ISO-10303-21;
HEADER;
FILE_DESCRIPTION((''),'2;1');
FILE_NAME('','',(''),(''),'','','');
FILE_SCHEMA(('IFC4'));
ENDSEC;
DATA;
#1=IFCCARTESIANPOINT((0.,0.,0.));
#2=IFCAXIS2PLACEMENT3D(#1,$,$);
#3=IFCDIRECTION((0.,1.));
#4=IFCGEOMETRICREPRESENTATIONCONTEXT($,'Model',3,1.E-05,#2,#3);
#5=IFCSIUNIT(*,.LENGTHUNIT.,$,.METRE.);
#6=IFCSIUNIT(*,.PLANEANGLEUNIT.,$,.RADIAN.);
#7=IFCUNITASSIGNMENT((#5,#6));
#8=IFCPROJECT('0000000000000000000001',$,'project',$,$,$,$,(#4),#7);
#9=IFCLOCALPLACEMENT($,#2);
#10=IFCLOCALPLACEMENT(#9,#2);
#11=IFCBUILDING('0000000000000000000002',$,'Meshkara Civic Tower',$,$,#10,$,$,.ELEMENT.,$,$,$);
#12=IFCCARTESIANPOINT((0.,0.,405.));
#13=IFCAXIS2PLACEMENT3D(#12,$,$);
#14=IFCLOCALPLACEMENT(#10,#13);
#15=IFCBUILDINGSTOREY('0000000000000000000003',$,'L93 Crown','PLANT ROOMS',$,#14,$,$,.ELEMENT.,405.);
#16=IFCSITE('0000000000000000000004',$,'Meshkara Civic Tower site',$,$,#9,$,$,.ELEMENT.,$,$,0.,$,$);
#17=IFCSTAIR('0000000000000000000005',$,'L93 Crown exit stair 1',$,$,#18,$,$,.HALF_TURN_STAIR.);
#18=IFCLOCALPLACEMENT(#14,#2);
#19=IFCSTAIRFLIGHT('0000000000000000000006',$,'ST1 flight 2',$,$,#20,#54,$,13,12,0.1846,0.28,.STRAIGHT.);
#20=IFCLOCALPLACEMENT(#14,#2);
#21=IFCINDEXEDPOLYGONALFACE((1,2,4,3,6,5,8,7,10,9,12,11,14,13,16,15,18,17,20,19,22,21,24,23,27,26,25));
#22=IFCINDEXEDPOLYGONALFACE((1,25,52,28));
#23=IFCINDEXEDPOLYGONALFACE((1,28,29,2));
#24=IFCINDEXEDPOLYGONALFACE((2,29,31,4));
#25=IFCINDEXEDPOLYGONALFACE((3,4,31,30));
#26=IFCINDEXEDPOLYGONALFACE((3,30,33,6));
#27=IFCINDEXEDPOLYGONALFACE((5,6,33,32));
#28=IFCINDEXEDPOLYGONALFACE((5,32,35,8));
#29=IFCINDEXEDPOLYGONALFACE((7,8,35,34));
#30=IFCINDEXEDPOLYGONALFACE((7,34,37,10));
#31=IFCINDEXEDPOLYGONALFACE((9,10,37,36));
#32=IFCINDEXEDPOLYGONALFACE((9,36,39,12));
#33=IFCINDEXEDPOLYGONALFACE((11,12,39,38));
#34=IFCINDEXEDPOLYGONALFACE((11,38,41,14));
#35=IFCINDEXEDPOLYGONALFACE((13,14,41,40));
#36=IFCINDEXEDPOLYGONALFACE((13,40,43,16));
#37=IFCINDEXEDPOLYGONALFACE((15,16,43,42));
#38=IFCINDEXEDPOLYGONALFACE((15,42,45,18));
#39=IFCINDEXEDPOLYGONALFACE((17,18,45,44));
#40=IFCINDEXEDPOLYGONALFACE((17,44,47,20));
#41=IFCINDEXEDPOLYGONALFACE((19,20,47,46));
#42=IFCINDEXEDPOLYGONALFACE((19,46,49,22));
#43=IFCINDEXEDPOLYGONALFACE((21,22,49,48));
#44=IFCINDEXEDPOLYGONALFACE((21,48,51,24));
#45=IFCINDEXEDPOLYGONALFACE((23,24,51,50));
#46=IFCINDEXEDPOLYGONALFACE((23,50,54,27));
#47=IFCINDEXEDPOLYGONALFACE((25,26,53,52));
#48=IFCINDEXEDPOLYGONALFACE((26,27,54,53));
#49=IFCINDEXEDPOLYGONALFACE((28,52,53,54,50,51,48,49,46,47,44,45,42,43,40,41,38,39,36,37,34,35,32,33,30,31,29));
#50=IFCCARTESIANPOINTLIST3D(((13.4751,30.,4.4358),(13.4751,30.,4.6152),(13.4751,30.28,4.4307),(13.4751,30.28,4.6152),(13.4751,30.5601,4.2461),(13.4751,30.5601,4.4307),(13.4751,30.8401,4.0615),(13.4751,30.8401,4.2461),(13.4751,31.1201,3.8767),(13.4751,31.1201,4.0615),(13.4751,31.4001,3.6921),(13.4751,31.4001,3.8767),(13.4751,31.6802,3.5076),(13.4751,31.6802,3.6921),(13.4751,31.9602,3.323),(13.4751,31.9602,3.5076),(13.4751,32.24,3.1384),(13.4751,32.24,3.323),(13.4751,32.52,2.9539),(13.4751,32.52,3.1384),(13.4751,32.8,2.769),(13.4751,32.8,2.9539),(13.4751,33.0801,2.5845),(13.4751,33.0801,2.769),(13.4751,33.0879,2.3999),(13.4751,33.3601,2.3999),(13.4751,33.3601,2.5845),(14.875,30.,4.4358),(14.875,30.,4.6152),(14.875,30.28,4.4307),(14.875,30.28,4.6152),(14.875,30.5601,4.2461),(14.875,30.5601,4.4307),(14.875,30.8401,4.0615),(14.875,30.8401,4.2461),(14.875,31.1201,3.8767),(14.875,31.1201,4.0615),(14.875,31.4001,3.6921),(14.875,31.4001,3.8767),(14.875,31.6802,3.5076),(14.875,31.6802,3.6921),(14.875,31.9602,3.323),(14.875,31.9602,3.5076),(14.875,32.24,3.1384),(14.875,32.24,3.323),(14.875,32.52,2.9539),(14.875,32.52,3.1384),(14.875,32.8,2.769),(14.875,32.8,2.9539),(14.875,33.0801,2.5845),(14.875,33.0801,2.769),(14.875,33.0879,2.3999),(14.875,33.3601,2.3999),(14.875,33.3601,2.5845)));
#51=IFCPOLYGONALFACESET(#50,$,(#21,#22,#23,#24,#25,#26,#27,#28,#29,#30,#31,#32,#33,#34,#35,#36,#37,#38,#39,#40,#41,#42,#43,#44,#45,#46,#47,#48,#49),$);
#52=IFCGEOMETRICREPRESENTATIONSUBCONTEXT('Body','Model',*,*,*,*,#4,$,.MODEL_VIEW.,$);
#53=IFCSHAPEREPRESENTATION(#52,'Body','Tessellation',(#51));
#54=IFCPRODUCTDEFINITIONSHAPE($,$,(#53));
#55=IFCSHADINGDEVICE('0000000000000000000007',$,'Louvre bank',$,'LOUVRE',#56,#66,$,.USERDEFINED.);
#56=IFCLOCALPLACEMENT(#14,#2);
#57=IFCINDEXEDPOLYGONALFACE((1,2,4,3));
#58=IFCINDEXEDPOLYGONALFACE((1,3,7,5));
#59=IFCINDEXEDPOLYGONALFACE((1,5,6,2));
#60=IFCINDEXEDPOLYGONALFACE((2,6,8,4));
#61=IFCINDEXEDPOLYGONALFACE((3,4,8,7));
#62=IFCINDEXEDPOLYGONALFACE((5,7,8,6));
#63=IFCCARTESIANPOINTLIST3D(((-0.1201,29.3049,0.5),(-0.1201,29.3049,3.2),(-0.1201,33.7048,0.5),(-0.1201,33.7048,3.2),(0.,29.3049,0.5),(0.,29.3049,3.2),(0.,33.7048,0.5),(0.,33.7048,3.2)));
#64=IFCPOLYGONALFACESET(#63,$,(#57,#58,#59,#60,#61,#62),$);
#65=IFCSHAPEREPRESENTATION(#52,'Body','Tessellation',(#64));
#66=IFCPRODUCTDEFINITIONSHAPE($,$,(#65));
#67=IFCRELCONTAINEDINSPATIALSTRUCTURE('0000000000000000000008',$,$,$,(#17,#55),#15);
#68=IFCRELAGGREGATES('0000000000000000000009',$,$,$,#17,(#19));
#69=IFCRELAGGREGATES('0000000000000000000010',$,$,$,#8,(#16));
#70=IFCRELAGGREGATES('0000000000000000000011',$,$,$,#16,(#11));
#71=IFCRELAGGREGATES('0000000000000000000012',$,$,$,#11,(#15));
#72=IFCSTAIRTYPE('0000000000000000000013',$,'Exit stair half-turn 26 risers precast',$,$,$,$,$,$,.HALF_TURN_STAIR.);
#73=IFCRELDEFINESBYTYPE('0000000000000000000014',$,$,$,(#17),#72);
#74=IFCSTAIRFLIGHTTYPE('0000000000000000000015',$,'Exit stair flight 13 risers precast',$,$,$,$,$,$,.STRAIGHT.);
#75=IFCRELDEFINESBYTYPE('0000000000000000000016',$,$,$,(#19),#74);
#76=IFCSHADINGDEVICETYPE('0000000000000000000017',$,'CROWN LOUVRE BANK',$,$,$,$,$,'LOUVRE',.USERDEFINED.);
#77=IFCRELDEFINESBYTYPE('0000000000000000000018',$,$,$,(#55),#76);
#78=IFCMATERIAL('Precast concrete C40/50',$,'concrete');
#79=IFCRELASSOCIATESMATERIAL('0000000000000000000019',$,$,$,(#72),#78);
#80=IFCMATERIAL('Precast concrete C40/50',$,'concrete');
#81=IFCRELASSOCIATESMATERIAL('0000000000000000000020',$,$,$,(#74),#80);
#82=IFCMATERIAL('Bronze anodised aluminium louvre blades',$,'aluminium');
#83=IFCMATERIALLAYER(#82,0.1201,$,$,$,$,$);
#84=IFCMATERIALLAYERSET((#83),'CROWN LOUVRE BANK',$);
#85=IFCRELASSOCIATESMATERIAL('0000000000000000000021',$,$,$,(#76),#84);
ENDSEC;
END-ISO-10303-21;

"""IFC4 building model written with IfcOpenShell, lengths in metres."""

from ifc_helpers import new_model, si_unit, direction, frame, origin, origin_2d, place, context, subcontext, project, spatial, polyline, rectangle, outline, extrude, material, layer, layer_set, type_object, element, aggregate, save


model = new_model("IFC4")

# Units and contexts
model_context = context("Model", 3, precision=1e-05, world=origin(), true_north=direction((0.0, 1.0)))
body_context = subcontext(model_context, "Body", "Model", "MODEL_VIEW")
ifc_project = project(units=[si_unit("LENGTHUNIT", "METRE"), si_unit("PLANEANGLEUNIT", "RADIAN")], contexts=[model_context])

# Site, building, storey
site_placement = place(None, origin())
site = spatial("IfcSite", under=ifc_project, at=site_placement, Name="Meshkara Civic Tower site", CompositionType="ELEMENT", RefElevation=0.0)
building_placement = place(site_placement, origin())
building = spatial("IfcBuilding", under=site, at=building_placement, Name="Meshkara Civic Tower", CompositionType="ELEMENT")
storey_placement = place(building_placement, frame((0.0, 0.0, 405.0)))
storey = spatial("IfcBuildingStorey", under=building, at=storey_placement, Name="L93 Crown", Description="PLANT ROOMS", CompositionType="ELEMENT", Elevation=405.0)

# Stair, stair flight
ifc_material_1 = material(Name="Precast concrete C40/50", Category="concrete")
stair_type = type_object("IfcStairType", Name="Exit stair half-turn 26 risers precast", PredefinedType="HALF_TURN_STAIR", material=ifc_material_1)
stair_placement = place(storey_placement, origin())
stair = element("IfcStair", 1, at=stair_placement, inside=storey, type_object=stair_type, Name="L93 Crown exit stair 1", PredefinedType="HALF_TURN_STAIR")
ifc_material_2 = material(Name="Precast concrete C40/50", Category="concrete")
stair_flight_type = type_object("IfcStairFlightType", Name="Exit stair flight 13 risers precast", PredefinedType="STRAIGHT", material=ifc_material_2)
stair_flight_placement = place(storey_placement, frame((14.175, 33.3601, 2.3999), z_axis=(0.0, 0.0, 1.0), x_axis=(0.0, -1.0, 0.0)))
stair_flight = element("IfcStairFlight", 2, at=stair_flight_placement, type_object=stair_flight_type, Name="ST1 flight 2", NumberOfRisers=13, NumberOfTreads=12, PredefinedType="STRAIGHT", RiserHeight=0.1846, TreadLength=0.28, context=body_context, shape_type="SweptSolid", body=[
    extrude(outline(polyline([(0.0, 0.0), (0.0, 0.1846), (0.28, 0.1846), (0.28, 0.3691), (0.5601, 0.3691), (0.5601, 0.554), (0.8401, 0.554), (0.8401, 0.7385), (1.1201, 0.7385), (1.1201, 0.9231), (1.3999, 0.9231), (1.3999, 1.1077), (1.6799, 1.1077), (1.6799, 1.2922), (1.96, 1.2922), (1.96, 1.4768), (2.24, 1.4768), (2.24, 1.6616), (2.52, 1.6616), (2.52, 1.8462), (2.8, 1.8462), (2.8, 2.0308), (3.0801, 2.0308), (3.0801, 2.2153), (3.3601, 2.2153), (3.3601, 2.3999), (3.3601, 2.0359), (0.2722, 0.0), (0.0, 0.0)])), frame((0.0, 0.7, 0.0), z_axis=(0.0, -1.0, 0.0), x_axis=(1.0, 0.0, 0.0)), (0.0, 0.0, 1.0), 1.3999),
])
aggregate(stair, [stair_flight])

# Shading device
ifc_material_3 = material(Name="Bronze anodised aluminium louvre blades", Category="aluminium")
ifc_layer_1 = layer(ifc_material_3, 0.1201)
ifc_layer_set_1 = layer_set([ifc_layer_1], Name="CROWN LOUVRE BANK")
shading_device_type = type_object("IfcShadingDeviceType", Name="CROWN LOUVRE BANK", ElementType="LOUVRE", PredefinedType="USERDEFINED", material=ifc_layer_set_1)
shading_device_placement = place(storey_placement, frame((-0.0601, 31.5049, 0.5), z_axis=(0.0, 0.0, 1.0), x_axis=(0.0, -1.0, 0.0)))
element("IfcShadingDevice", 3, at=shading_device_placement, inside=storey, type_object=shading_device_type, Name="Louvre bank", ObjectType="LOUVRE", PredefinedType="USERDEFINED", context=body_context, shape_type="SweptSolid", body=[
    extrude(rectangle(XDim=4.3999, YDim=0.1201, at=origin_2d()), origin(), (0.0, 0.0, 1.0), 2.7),
])

save(model, "model.ifc")
